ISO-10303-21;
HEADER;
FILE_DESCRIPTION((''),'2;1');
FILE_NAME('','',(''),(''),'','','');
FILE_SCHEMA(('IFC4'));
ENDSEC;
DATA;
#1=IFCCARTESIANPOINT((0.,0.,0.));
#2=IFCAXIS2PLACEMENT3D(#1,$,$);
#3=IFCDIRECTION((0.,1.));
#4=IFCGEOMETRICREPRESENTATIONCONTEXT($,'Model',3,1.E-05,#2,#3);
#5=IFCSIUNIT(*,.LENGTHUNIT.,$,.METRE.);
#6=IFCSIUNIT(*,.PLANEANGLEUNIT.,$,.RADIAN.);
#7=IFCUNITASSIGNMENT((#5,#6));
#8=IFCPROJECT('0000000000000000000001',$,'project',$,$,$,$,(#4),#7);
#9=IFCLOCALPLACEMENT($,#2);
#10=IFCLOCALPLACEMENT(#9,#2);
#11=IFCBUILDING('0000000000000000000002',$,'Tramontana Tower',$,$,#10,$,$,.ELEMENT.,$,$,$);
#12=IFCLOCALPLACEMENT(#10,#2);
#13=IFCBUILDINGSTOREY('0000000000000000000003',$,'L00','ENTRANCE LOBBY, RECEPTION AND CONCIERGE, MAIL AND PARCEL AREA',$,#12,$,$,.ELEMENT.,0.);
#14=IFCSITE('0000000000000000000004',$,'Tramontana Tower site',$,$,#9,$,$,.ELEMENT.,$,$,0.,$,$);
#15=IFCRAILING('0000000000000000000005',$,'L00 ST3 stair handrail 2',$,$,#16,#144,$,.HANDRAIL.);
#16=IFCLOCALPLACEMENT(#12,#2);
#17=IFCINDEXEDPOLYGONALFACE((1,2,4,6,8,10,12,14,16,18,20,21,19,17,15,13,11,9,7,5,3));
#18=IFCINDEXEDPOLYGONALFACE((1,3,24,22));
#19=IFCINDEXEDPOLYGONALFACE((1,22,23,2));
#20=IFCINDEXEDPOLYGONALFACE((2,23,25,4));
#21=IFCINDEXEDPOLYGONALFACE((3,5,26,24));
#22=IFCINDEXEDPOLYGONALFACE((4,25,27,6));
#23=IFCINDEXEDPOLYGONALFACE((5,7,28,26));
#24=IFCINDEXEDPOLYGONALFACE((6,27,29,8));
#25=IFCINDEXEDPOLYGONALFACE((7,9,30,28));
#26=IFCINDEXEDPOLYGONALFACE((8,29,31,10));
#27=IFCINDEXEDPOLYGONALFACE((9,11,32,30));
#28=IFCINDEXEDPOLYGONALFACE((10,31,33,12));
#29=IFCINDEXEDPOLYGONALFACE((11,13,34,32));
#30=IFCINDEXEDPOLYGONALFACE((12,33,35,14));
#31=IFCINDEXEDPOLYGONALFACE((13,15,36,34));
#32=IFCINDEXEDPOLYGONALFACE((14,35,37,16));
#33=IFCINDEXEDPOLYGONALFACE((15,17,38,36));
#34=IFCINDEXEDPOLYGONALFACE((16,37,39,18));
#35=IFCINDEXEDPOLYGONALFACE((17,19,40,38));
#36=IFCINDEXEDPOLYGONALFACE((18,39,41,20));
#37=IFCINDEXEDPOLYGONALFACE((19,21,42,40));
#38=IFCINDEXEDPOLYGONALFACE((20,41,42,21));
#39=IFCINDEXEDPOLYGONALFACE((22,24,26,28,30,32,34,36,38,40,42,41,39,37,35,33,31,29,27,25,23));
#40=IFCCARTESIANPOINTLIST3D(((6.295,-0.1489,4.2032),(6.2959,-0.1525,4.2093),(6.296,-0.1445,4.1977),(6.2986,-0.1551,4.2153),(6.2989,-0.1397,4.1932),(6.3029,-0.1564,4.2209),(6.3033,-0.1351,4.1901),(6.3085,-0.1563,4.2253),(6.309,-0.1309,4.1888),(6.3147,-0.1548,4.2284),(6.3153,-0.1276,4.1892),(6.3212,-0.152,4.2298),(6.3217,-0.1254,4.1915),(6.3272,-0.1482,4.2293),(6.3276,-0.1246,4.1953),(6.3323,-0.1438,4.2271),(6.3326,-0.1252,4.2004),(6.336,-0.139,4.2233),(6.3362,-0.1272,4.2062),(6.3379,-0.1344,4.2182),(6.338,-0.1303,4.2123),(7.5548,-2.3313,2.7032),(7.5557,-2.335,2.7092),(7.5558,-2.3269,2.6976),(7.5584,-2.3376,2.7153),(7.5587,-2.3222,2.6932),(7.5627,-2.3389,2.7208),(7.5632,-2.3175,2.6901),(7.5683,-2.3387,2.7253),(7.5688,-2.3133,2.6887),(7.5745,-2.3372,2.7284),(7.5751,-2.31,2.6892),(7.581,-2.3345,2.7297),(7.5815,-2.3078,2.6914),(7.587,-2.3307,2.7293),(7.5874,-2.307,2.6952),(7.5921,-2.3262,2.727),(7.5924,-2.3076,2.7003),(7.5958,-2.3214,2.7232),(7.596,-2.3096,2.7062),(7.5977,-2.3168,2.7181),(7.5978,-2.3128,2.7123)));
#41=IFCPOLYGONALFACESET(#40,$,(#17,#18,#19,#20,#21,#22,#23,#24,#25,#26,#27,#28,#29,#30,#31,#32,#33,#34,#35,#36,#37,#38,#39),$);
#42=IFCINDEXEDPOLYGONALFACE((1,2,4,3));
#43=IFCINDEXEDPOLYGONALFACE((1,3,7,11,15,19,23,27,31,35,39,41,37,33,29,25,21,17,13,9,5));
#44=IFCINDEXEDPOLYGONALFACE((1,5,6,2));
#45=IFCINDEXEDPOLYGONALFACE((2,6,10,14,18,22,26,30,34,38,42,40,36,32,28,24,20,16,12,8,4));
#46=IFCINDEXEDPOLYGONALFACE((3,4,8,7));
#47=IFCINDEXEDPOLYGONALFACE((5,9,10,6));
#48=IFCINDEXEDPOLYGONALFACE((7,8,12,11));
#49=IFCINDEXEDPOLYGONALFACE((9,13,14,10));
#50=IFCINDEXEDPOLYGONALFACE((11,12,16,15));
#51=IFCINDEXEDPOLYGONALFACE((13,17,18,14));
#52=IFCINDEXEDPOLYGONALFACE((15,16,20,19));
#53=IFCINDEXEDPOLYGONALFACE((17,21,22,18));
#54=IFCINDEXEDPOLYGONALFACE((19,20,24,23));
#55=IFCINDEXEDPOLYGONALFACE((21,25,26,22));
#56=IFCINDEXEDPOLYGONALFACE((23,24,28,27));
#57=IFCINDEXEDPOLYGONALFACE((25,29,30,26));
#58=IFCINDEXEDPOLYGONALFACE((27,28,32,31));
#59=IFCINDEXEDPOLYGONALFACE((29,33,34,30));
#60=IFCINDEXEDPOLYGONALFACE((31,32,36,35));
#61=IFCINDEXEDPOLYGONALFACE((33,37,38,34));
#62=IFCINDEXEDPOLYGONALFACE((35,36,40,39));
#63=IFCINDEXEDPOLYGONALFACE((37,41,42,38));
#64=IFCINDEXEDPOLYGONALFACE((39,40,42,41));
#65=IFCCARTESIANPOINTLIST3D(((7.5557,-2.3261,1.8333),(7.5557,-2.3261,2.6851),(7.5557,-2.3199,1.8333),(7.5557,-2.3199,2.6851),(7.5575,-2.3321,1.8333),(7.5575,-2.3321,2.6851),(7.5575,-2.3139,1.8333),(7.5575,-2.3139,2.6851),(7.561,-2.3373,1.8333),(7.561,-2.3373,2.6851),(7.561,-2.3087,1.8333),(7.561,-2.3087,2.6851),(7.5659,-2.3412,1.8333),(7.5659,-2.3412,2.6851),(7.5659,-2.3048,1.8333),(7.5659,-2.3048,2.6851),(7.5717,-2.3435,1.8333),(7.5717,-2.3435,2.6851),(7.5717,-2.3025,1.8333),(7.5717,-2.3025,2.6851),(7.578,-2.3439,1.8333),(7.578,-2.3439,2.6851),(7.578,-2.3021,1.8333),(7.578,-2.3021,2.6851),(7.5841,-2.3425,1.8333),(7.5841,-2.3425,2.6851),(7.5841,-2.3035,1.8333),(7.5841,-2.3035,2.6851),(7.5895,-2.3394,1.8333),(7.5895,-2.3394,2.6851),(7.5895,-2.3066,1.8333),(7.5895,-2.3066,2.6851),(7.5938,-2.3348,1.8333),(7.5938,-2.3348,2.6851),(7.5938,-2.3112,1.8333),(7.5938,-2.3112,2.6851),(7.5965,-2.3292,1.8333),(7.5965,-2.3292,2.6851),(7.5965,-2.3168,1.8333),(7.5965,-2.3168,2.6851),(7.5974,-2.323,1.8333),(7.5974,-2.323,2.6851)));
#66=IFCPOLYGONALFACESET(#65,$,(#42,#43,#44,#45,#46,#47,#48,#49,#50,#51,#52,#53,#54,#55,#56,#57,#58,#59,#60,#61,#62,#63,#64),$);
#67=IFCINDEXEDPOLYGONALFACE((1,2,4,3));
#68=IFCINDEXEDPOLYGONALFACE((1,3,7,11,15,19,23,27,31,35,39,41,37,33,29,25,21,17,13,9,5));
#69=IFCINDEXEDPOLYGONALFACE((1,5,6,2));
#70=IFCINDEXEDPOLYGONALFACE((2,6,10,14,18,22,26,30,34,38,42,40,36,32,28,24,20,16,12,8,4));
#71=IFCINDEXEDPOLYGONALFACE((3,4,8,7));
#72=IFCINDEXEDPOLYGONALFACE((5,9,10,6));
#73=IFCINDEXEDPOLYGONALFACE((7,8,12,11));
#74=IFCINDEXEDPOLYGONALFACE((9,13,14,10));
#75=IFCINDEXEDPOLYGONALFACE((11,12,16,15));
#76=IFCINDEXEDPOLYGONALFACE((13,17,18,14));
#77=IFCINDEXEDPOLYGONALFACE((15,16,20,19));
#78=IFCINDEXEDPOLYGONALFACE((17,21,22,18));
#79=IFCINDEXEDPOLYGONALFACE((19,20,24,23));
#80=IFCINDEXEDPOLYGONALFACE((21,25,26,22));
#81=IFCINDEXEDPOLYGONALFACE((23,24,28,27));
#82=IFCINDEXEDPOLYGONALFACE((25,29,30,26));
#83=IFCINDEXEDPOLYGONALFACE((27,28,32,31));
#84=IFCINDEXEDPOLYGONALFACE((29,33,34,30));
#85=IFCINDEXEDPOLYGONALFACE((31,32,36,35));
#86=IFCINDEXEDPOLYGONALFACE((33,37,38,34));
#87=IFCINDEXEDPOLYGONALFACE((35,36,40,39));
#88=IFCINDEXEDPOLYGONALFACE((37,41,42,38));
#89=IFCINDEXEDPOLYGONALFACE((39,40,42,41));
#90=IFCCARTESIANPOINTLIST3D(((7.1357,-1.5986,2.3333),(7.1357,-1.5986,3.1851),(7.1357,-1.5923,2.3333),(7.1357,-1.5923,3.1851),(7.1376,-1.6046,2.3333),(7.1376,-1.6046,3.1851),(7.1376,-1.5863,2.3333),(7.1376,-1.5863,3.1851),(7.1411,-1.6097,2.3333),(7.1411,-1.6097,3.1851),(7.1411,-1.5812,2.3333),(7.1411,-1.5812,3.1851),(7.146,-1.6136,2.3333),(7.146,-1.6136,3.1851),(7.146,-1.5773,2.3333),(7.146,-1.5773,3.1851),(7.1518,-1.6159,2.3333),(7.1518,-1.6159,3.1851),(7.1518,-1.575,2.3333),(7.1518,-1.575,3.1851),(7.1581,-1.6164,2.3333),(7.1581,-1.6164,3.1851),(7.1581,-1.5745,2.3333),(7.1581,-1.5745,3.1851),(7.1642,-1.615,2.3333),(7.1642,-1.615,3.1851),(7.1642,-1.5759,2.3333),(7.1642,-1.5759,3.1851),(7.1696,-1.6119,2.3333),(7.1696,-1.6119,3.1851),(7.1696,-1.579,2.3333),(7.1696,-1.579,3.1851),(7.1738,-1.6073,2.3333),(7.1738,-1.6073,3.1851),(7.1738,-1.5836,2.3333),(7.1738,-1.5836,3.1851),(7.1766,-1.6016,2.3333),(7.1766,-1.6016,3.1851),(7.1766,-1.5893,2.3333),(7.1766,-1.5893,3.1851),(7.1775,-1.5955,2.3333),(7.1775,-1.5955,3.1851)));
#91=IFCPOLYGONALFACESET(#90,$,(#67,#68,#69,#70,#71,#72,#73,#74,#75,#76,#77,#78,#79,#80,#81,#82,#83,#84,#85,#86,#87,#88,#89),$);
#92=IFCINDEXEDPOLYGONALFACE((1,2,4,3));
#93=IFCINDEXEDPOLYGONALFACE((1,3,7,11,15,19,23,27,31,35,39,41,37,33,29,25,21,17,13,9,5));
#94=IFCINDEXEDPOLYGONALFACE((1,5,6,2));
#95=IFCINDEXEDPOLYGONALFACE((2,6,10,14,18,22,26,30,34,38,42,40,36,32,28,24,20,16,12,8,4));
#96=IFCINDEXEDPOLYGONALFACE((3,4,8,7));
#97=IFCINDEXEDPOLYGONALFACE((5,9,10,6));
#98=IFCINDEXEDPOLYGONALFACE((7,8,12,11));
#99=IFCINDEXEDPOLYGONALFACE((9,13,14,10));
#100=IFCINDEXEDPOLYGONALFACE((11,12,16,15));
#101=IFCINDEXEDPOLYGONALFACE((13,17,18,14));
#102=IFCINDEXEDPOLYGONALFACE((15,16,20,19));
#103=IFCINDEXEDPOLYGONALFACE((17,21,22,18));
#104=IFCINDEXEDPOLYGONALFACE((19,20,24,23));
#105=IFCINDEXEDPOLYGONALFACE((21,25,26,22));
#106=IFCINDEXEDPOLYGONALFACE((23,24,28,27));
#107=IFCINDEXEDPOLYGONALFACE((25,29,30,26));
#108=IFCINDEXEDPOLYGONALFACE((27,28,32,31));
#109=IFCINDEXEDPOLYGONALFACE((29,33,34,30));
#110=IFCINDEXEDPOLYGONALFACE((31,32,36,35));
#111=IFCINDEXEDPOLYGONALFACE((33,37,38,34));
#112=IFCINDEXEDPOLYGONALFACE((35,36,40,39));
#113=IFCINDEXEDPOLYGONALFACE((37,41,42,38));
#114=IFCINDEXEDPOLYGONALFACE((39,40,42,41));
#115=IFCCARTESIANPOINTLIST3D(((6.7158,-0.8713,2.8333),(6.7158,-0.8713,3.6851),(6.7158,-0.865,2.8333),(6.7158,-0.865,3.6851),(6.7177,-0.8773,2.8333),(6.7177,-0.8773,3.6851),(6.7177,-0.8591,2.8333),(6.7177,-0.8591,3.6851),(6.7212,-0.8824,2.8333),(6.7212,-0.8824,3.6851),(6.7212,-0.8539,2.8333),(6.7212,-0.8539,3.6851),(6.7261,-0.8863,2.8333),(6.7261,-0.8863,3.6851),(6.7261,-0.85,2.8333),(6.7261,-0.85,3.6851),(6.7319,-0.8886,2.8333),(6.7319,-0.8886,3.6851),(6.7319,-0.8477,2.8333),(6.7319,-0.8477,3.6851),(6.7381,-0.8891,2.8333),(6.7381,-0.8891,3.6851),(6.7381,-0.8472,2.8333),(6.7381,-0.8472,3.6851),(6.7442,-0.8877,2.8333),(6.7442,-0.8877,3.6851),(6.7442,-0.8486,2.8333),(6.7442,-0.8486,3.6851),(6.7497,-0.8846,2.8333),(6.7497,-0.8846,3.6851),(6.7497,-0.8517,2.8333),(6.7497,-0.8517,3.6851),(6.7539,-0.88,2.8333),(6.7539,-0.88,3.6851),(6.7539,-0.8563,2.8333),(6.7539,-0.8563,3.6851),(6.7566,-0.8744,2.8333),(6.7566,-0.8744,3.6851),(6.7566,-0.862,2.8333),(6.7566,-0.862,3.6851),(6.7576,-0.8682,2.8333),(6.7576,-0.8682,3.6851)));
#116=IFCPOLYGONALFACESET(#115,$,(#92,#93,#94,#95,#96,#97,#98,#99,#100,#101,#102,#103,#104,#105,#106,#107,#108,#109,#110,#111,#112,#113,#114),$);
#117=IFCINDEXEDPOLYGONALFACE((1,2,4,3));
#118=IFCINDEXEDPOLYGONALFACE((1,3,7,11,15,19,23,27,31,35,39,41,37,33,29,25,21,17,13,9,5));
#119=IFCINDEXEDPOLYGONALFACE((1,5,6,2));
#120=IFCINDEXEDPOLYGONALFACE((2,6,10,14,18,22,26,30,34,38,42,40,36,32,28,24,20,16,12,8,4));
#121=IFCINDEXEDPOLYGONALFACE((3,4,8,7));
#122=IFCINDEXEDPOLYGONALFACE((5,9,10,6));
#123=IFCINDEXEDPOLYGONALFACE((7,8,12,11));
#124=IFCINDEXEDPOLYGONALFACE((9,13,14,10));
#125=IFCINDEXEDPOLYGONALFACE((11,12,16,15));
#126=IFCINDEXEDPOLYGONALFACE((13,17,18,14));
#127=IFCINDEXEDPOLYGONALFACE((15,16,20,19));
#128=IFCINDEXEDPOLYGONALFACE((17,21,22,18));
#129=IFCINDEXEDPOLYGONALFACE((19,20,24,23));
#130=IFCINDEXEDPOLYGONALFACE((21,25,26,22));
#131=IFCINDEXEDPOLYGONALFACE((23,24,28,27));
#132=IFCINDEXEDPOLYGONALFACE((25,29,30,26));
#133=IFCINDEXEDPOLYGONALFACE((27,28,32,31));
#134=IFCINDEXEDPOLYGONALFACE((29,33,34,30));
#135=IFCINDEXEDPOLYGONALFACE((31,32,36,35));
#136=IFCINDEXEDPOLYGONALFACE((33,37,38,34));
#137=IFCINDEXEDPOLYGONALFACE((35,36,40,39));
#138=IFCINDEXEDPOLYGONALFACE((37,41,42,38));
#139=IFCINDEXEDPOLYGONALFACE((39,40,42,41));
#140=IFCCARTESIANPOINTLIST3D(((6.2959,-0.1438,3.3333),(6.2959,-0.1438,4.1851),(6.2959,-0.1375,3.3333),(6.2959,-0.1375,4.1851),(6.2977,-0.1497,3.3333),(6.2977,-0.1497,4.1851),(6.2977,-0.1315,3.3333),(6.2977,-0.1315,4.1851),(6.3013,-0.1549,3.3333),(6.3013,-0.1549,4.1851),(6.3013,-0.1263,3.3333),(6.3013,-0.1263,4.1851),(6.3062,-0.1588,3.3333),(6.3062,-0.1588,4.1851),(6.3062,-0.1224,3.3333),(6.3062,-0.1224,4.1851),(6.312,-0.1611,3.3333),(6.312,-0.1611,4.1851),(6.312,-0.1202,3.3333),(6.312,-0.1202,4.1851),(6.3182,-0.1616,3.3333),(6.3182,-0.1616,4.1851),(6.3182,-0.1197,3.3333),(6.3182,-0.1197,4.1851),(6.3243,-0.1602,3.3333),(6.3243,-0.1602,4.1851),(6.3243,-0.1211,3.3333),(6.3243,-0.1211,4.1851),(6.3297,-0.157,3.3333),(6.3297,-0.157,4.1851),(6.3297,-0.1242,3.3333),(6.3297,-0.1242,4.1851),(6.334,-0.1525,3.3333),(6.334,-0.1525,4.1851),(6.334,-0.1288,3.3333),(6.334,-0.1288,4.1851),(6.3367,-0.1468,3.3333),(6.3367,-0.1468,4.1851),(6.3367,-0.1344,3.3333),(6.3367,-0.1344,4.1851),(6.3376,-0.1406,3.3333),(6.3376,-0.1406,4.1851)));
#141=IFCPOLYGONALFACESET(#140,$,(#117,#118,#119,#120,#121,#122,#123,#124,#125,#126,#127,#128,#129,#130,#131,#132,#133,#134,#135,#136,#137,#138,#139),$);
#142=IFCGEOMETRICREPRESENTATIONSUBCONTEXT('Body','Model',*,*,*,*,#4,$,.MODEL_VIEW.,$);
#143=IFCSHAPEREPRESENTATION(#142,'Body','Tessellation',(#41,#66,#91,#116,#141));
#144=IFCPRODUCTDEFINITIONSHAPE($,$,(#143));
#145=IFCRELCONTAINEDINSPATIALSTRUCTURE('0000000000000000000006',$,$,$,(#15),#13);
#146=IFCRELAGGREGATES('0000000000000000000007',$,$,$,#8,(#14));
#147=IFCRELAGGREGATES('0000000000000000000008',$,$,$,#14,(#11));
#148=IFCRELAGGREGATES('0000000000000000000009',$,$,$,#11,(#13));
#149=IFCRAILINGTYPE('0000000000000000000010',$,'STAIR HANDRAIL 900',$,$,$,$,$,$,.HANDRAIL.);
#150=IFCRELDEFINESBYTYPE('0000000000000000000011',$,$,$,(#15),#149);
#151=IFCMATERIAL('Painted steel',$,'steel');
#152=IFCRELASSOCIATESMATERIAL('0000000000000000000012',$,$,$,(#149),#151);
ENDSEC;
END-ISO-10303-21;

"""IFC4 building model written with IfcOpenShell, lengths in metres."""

from ifc_helpers import new_model, si_unit, direction, frame, origin, origin_2d, place, context, subcontext, project, spatial, circle, extrude, material, type_object, element, save


model = new_model("IFC4")

# Units and contexts
model_context = context("Model", 3, precision=1e-05, world=origin(), true_north=direction((0.0, 1.0)))
body_context = subcontext(model_context, "Body", "Model", "MODEL_VIEW")
ifc_project = project(units=[si_unit("LENGTHUNIT", "METRE"), si_unit("PLANEANGLEUNIT", "RADIAN")], contexts=[model_context])

# Site, building, storey
site_placement = place(None, origin())
site = spatial("IfcSite", under=ifc_project, at=site_placement, Name="Tramontana Tower site", CompositionType="ELEMENT", RefElevation=0.0)
building_placement = place(site_placement, origin())
building = spatial("IfcBuilding", under=site, at=building_placement, Name="Tramontana Tower", CompositionType="ELEMENT")
storey_placement = place(building_placement, origin())
storey = spatial("IfcBuildingStorey", under=building, at=storey_placement, Name="L00", Description="ENTRANCE LOBBY, RECEPTION AND CONCIERGE, MAIL AND PARCEL AREA", CompositionType="ELEMENT", Elevation=0.0)

# Railing
ifc_material_1 = material(Name="Painted steel", Category="steel")
railing_type = type_object("IfcRailingType", Name="STAIR HANDRAIL 900", PredefinedType="HANDRAIL", material=ifc_material_1)
for number, where, name in (
    (1, (7.5764, -2.323, 1.8333), "L00 ST3 stair handrail 2"),
):
    element("IfcRailing", number, at=place(storey_placement, frame(where)), inside=storey, type_object=railing_type, Name=name, PredefinedType="HANDRAIL", context=body_context, shape_type="SweptSolid", body=[
        extrude(circle(Radius=0.0239, at=origin_2d()), frame((0.0, 0.0, 0.876), z_axis=(-0.429582, 0.744193, 0.511503), x_axis=(-0.866065, -0.499932, 0.0)), (0.0, 0.0, 1.0), 2.9326),
        extrude(circle(Radius=0.021, at=origin_2d()), origin(), (0.0, 0.0, 1.0), 0.8518),
        extrude(circle(Radius=0.021, at=origin_2d()), frame((-0.4199, 0.7275, 0.5)), (0.0, 0.0, 1.0), 0.8518),
        extrude(circle(Radius=0.021, at=origin_2d()), frame((-0.8398, 1.4548, 1.0)), (0.0, 0.0, 1.0), 0.8518),
        extrude(circle(Radius=0.021, at=origin_2d()), frame((-1.2598, 2.1824, 1.5)), (0.0, 0.0, 1.0), 0.8518),
    ])

save(model, "model.ifc")
